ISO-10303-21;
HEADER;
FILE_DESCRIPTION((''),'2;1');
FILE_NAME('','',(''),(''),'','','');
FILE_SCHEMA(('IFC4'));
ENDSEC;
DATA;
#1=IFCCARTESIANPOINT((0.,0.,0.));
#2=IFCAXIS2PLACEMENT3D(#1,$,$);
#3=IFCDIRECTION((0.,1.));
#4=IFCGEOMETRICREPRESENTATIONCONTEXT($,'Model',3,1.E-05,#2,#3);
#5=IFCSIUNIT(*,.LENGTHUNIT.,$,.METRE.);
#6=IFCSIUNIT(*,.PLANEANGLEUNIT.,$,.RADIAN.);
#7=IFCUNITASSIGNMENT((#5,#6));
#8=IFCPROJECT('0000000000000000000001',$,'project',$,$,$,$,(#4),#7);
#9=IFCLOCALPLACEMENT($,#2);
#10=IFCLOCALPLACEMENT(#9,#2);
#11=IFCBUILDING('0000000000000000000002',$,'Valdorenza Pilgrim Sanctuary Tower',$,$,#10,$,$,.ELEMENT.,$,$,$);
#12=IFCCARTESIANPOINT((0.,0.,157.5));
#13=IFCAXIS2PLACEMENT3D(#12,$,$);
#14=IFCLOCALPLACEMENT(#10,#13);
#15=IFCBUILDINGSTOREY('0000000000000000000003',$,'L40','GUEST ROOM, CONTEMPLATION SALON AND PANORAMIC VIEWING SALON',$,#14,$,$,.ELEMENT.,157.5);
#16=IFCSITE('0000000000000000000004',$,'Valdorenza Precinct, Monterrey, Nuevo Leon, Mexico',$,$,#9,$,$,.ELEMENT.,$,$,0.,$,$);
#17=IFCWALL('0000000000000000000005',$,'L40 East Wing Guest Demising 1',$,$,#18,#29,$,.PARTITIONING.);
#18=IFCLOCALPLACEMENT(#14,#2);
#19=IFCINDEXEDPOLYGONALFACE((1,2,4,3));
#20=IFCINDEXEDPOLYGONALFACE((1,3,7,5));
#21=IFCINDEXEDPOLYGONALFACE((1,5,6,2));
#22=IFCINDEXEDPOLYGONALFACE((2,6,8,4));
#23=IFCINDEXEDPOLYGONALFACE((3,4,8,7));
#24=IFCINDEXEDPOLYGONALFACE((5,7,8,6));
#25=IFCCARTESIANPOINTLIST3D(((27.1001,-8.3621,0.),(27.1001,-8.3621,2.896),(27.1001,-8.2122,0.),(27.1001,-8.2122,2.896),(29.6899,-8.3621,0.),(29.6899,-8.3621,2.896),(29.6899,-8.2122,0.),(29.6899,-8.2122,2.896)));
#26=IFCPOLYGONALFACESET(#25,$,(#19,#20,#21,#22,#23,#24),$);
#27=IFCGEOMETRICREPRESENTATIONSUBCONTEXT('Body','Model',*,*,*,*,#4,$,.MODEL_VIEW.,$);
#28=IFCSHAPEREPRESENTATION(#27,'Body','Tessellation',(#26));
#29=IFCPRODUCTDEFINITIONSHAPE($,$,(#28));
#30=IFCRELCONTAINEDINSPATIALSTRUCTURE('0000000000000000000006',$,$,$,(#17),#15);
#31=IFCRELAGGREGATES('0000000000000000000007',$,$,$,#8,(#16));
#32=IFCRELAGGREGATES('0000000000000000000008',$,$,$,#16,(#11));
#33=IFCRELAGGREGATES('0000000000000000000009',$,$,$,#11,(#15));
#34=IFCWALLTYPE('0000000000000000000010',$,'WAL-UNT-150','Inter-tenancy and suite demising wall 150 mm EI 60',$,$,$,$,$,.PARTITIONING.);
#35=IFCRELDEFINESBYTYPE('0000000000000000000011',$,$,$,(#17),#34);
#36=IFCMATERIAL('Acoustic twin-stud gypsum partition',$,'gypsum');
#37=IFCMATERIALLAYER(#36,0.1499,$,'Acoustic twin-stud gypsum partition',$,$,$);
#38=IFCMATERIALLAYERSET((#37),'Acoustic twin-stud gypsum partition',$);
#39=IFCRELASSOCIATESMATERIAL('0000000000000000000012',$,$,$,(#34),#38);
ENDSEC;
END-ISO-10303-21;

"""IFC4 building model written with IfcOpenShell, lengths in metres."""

from ifc_helpers import new_model, si_unit, direction, frame, frame_2d, origin, place, context, subcontext, project, spatial, rectangle, extrude, material, layer, layer_set, type_object, element, save


model = new_model("IFC4")

# Units and contexts
model_context = context("Model", 3, precision=1e-05, world=origin(), true_north=direction((0.0, 1.0)))
body_context = subcontext(model_context, "Body", "Model", "MODEL_VIEW")
ifc_project = project(units=[si_unit("LENGTHUNIT", "METRE"), si_unit("PLANEANGLEUNIT", "RADIAN")], contexts=[model_context])

# Site, building, storey
site_placement = place(None, origin())
site = spatial("IfcSite", under=ifc_project, at=site_placement, Name="Valdorenza Precinct, Monterrey, Nuevo Leon, Mexico", CompositionType="ELEMENT", RefElevation=0.0)
building_placement = place(site_placement, origin())
building = spatial("IfcBuilding", under=site, at=building_placement, Name="Valdorenza Pilgrim Sanctuary Tower", CompositionType="ELEMENT")
storey_placement = place(building_placement, frame((0.0, 0.0, 157.5)))
storey = spatial("IfcBuildingStorey", under=building, at=storey_placement, Name="L40", Description="GUEST ROOM, CONTEMPLATION SALON AND PANORAMIC VIEWING SALON", CompositionType="ELEMENT", Elevation=157.5)

# Shared definitions
ifc_material_1 = material(Name="Acoustic twin-stud gypsum partition", Category="gypsum")

# Wall
ifc_layer_1 = layer(ifc_material_1, 0.1499, Name="Acoustic twin-stud gypsum partition")
ifc_layer_set_1 = layer_set([ifc_layer_1], Name="Acoustic twin-stud gypsum partition")
wall_type_1 = type_object("IfcWallType", Name="WAL-UNT-150", Description="Inter-tenancy and suite demising wall 150 mm EI 60", PredefinedType="PARTITIONING", material=ifc_layer_set_1)
wall_1_placement = place(storey_placement, frame((27.1001, -8.2871, 0.0), z_axis=(0.0, 0.0, 1.0), x_axis=(1.0, 0.0, 0.0)))
element("IfcWall", 1, at=wall_1_placement, inside=storey, type_object=wall_type_1, Name="L40 East Wing Guest Demising 1", PredefinedType="PARTITIONING", context=body_context, shape_type="SweptSolid", body=[
    extrude(rectangle(XDim=2.5898, YDim=0.1499, at=frame_2d((1.2949, 0.0))), origin(), (0.0, 0.0, 1.0), 2.896),
])

save(model, "model.ifc")
